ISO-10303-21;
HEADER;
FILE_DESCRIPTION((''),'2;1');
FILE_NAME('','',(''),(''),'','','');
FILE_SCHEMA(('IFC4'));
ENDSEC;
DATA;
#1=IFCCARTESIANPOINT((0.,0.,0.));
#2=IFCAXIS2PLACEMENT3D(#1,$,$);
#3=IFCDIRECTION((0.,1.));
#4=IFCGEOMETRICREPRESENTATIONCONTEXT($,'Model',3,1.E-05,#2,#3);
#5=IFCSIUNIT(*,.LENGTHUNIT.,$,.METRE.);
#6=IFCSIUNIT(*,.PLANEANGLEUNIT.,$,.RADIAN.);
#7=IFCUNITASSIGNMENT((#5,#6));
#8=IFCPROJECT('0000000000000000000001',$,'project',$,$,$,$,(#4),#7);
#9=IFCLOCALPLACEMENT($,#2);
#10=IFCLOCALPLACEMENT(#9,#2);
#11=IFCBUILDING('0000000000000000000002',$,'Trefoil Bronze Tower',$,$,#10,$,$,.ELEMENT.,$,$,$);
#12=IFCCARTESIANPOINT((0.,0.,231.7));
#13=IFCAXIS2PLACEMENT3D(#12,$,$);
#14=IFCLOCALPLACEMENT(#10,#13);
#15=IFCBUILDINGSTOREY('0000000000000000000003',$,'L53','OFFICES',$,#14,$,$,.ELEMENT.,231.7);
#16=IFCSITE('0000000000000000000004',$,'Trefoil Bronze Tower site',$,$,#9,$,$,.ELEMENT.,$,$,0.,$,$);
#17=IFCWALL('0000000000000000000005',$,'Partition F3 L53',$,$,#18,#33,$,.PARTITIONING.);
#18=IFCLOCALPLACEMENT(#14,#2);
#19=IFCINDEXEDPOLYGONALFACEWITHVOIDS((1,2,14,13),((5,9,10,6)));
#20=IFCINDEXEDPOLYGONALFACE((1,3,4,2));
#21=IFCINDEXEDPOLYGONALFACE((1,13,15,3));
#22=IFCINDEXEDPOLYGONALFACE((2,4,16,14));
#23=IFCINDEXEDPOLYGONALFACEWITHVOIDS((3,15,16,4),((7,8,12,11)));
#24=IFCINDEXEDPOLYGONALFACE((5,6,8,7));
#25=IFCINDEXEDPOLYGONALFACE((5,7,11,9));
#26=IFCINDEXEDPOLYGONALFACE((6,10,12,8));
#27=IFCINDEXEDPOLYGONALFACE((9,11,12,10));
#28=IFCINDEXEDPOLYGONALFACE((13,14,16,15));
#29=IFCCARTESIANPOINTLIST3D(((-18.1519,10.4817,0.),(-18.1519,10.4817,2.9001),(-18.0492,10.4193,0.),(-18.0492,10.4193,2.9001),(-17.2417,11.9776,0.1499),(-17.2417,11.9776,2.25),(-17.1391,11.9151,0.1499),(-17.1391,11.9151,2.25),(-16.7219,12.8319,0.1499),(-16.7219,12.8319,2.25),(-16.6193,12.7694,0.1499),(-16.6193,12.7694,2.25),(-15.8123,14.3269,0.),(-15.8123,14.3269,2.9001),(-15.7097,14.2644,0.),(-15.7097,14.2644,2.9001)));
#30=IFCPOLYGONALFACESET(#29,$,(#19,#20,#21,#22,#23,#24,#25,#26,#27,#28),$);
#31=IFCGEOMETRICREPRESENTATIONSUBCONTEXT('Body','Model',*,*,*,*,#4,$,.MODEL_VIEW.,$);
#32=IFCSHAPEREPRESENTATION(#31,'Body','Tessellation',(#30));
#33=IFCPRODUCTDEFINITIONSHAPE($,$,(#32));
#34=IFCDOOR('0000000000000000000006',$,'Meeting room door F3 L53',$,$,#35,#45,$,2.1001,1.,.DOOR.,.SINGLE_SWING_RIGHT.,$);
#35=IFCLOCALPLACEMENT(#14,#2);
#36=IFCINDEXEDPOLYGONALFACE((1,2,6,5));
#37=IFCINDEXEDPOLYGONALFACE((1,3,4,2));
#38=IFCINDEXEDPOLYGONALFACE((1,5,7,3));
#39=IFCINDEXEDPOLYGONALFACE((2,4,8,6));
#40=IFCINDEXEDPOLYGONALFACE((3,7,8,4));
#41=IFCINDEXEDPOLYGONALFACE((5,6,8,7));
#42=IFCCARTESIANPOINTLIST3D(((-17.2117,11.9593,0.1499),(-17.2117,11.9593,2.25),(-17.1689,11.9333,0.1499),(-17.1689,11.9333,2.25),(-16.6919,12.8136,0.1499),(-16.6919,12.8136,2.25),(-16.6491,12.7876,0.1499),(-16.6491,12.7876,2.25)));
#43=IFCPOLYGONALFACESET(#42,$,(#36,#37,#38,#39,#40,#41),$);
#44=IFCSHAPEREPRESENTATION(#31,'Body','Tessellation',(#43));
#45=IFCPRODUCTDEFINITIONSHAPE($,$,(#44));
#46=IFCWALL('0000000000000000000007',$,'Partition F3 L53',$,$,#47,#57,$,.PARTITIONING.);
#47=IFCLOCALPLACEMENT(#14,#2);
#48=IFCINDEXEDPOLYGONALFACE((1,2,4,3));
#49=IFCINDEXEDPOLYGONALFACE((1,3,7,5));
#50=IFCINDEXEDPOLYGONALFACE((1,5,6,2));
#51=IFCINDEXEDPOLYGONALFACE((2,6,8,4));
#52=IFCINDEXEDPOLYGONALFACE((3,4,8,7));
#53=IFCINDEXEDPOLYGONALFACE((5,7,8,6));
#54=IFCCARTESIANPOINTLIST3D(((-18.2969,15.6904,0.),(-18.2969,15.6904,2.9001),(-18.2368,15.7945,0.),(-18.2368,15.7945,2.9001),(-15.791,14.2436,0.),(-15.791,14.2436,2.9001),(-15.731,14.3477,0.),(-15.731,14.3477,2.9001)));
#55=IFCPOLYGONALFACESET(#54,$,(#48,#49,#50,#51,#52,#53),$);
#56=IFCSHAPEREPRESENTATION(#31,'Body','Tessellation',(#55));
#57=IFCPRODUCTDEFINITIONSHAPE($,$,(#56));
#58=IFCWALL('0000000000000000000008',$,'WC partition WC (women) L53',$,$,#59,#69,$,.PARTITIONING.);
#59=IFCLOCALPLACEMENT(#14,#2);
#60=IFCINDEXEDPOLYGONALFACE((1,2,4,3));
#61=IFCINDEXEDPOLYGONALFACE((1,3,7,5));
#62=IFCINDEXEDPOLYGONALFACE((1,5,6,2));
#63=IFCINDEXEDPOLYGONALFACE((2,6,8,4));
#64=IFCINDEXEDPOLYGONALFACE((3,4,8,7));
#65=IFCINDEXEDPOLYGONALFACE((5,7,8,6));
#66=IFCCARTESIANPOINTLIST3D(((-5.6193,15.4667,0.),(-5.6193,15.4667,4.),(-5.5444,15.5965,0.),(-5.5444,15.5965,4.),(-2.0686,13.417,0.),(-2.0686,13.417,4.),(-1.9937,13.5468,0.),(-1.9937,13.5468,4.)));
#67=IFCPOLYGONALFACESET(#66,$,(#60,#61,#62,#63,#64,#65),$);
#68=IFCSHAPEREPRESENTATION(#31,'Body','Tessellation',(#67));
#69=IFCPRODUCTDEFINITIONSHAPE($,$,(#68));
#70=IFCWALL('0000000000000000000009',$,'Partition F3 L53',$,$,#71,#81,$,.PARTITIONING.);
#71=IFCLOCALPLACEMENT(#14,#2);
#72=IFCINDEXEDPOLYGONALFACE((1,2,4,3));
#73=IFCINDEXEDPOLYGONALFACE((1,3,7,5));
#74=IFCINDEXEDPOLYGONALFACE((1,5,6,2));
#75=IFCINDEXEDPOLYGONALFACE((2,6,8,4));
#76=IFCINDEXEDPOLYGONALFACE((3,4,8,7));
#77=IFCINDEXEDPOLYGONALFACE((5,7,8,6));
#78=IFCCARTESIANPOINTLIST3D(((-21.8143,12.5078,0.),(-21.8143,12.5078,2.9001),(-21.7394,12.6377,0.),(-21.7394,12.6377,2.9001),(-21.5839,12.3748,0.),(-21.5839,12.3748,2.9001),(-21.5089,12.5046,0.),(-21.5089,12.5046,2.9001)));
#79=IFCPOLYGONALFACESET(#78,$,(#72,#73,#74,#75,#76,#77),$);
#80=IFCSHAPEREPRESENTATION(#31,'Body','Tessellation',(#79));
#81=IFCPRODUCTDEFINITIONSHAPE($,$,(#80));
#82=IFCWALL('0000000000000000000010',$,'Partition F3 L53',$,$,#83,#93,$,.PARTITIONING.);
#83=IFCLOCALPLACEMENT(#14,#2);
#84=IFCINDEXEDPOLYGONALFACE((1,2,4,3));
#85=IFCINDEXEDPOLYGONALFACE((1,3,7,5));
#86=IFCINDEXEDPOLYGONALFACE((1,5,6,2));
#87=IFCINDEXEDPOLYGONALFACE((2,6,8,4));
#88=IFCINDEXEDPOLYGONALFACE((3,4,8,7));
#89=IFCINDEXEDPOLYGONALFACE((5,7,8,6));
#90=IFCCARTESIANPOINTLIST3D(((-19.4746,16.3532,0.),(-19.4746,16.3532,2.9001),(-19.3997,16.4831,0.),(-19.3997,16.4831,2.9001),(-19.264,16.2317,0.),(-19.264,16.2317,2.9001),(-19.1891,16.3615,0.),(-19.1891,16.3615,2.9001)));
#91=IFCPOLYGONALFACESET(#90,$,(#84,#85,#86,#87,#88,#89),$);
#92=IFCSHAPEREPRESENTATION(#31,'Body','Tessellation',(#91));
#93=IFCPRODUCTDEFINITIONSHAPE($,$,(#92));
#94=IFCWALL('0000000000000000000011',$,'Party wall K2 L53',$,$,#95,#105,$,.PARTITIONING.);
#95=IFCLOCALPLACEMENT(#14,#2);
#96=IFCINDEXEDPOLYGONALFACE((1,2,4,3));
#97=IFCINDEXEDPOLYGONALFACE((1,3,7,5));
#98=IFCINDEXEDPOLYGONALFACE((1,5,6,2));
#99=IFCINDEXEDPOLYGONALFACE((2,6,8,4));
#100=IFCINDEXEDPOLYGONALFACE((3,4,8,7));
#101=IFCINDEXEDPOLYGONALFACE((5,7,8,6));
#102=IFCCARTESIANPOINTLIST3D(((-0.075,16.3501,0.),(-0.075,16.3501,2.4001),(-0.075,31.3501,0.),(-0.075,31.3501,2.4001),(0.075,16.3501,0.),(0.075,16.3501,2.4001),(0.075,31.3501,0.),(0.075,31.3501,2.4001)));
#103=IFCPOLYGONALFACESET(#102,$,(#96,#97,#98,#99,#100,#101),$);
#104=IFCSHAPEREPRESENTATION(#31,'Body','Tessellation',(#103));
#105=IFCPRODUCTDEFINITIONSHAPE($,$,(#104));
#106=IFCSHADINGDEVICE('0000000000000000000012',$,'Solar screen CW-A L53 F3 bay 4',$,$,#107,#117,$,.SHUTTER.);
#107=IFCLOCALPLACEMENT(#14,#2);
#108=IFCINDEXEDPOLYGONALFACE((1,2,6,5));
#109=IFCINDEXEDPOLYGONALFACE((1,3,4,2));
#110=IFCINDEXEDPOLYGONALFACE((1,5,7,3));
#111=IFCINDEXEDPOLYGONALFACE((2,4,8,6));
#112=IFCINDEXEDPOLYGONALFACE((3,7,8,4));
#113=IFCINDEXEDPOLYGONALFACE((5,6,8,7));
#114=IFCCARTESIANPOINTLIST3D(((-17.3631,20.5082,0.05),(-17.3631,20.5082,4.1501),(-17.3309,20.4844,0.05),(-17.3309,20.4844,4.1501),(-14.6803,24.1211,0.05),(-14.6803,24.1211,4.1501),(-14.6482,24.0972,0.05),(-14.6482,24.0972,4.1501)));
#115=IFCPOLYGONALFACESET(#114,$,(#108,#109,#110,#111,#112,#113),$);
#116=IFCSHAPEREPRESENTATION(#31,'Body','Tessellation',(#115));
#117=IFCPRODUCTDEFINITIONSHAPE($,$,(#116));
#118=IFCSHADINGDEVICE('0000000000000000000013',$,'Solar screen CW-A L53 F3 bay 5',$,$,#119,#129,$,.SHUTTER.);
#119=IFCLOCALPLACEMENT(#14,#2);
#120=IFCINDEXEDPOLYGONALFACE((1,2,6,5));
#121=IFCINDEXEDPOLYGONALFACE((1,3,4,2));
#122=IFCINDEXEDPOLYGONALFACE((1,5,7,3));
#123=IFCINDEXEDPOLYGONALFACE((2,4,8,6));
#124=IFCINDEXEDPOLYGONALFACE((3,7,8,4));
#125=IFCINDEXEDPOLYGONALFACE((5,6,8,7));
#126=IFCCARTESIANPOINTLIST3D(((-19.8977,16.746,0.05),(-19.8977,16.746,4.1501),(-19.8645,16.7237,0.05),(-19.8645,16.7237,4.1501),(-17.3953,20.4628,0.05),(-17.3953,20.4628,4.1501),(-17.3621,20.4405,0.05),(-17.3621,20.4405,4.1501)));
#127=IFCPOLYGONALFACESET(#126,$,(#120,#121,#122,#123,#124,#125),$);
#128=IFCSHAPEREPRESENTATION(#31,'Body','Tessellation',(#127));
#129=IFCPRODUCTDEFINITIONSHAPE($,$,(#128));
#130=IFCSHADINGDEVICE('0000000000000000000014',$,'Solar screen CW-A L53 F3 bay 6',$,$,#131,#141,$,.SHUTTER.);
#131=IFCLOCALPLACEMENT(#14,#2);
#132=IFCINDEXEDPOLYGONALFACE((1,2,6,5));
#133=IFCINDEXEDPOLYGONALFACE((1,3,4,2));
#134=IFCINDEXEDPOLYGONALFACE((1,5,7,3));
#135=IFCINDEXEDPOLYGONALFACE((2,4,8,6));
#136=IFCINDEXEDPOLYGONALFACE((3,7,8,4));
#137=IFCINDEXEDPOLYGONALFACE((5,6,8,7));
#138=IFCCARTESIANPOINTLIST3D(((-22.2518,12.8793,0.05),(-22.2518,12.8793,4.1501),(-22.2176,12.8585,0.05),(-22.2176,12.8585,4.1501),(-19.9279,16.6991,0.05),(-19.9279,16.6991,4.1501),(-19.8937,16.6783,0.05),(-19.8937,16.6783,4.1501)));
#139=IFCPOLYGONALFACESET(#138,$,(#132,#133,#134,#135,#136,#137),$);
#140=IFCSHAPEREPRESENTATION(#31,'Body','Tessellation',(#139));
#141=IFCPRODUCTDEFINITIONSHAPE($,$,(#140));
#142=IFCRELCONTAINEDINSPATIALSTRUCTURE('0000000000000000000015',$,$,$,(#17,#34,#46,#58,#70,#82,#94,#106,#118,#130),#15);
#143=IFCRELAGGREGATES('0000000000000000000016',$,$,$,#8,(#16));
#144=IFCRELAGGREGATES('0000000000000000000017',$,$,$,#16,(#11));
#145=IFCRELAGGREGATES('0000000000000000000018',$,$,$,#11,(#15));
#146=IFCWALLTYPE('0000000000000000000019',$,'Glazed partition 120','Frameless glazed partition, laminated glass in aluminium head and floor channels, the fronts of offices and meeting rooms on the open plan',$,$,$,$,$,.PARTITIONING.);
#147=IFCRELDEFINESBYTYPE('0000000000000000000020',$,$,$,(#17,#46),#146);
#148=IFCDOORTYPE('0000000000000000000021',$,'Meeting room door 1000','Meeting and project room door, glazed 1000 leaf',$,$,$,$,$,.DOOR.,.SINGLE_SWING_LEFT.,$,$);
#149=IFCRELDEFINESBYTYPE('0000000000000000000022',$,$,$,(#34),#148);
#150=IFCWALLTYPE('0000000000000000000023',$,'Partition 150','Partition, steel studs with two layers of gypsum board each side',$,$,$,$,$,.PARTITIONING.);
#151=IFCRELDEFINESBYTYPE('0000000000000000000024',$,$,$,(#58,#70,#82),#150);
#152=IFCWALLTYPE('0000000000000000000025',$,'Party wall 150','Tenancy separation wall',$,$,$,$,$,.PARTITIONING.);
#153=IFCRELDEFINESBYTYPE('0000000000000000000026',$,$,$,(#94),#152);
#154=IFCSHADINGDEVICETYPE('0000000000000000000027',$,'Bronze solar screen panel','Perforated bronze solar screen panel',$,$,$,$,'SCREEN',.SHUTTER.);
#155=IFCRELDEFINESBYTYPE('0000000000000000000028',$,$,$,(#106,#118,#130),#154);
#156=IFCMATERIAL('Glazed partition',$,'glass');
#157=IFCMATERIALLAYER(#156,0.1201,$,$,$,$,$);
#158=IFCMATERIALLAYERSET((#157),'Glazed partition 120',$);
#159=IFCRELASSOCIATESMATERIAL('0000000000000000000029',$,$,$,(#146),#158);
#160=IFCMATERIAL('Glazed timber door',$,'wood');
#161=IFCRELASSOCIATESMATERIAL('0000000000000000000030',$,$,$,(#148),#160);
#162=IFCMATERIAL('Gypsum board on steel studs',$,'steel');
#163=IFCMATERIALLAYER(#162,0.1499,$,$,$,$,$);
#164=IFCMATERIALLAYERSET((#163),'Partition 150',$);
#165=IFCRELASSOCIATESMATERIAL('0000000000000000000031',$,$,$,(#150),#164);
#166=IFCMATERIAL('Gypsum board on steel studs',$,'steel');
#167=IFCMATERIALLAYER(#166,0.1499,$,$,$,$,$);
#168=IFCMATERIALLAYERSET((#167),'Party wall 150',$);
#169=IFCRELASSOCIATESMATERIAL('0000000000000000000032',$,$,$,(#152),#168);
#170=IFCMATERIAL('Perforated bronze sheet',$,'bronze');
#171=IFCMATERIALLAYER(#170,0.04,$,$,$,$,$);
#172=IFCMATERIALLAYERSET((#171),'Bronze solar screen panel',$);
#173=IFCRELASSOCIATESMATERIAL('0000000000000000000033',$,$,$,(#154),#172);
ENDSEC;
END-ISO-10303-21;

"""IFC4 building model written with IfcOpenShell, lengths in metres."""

from ifc_helpers import new_model, si_unit, direction, frame, frame_2d, origin, origin_2d, place, context, subcontext, project, spatial, rectangle, extrude, material, layer, layer_set, type_object, element, fill, save


model = new_model("IFC4")

# Units and contexts
model_context = context("Model", 3, precision=1e-05, world=origin(), true_north=direction((0.0, 1.0)))
body_context = subcontext(model_context, "Body", "Model", "MODEL_VIEW")
ifc_project = project(units=[si_unit("LENGTHUNIT", "METRE"), si_unit("PLANEANGLEUNIT", "RADIAN")], contexts=[model_context])

# Site, building, storey
site_placement = place(None, origin())
site = spatial("IfcSite", under=ifc_project, at=site_placement, Name="Trefoil Bronze Tower site", CompositionType="ELEMENT", RefElevation=0.0)
building_placement = place(site_placement, origin())
building = spatial("IfcBuilding", under=site, at=building_placement, Name="Trefoil Bronze Tower", CompositionType="ELEMENT")
storey_placement = place(building_placement, frame((0.0, 0.0, 231.7)))
storey = spatial("IfcBuildingStorey", under=building, at=storey_placement, Name="L53", Description="OFFICES", CompositionType="ELEMENT", Elevation=231.7)

# Wall, opening, door
ifc_material_1 = material(Name="Glazed partition", Category="glass")
ifc_layer_1 = layer(ifc_material_1, 0.1201)
ifc_layer_set_1 = layer_set([ifc_layer_1], Name="Glazed partition 120")
wall_type_1 = type_object("IfcWallType", Name="Glazed partition 120", Description="Frameless glazed partition, laminated glass in aluminium head and floor channels, the fronts of offices and meeting rooms on the open plan", PredefinedType="PARTITIONING", material=ifc_layer_set_1)
wall_1_placement = place(storey_placement, frame((-15.761, 14.2957, 0.0), z_axis=(0.0, 0.0, 1.0), x_axis=(-0.51979, -0.854294, 0.0)))
wall_1 = element("IfcWall", 1, at=wall_1_placement, inside=storey, type_object=wall_type_1, Name="Partition F3 L53", PredefinedType="PARTITIONING", context=body_context, shape_type="SweptSolid", body=[
    extrude(rectangle(XDim=4.501, YDim=0.1201, at=frame_2d((2.2505, 0.0))), origin(), (0.0, 0.0, 1.0), 2.9001),
])
opening_1_placement = place(wall_1_placement, frame((1.75, 0.0, 0.1499)))
opening_1 = element("IfcOpeningElement", 2, at=opening_1_placement, cuts=wall_1, PredefinedType="OPENING", context=body_context, shape_type="SweptSolid", body=[
    extrude(rectangle(XDim=1.0, YDim=2.1001, at=frame_2d((0.5, 1.05))), frame((0.0, 0.0701, 0.0), z_axis=(0.0, -1.0, 0.0), x_axis=(1.0, 0.0, 0.0)), (0.0, 0.0, 1.0), 0.1401),
])
ifc_material_2 = material(Name="Glazed timber door", Category="wood")
door_type_1 = type_object("IfcDoorType", Name="Meeting room door 1000", Description="Meeting and project room door, glazed 1000 leaf", OperationType="SINGLE_SWING_LEFT", PredefinedType="DOOR", material=ifc_material_2)
door_1_placement = place(opening_1_placement, frame((1.0, 0.0, 0.0), z_axis=(0.0, 0.0, 1.0), x_axis=(-1.0, 0.0, 0.0)))
door_1 = element("IfcDoor", 3, at=door_1_placement, inside=storey, type_object=door_type_1, Name="Meeting room door F3 L53", OperationType="SINGLE_SWING_RIGHT", OverallHeight=2.1001, OverallWidth=1.0, PredefinedType="DOOR", context=body_context, shape_type="SweptSolid", body=[
    extrude(rectangle(XDim=1.0, YDim=2.1001, at=frame_2d((0.5, 1.05))), frame((0.0, 0.0249, 0.0), z_axis=(0.0, -1.0, 0.0), x_axis=(1.0, 0.0, 0.0)), (0.0, 0.0, 1.0), 0.05),
])
fill(opening_1, door_1)

# Walls
wall_2_placement = place(storey_placement, frame((-15.761, 14.2957, 0.0), z_axis=(0.0, 0.0, 1.0), x_axis=(-0.866023, 0.500005, 0.0)))
element("IfcWall", 4, at=wall_2_placement, inside=storey, type_object=wall_type_1, Name="Partition F3 L53", PredefinedType="PARTITIONING", context=body_context, shape_type="SweptSolid", body=[
    extrude(rectangle(XDim=2.8936, YDim=0.1201, at=frame_2d((1.4468, 0.0))), origin(), (0.0, 0.0, 1.0), 2.9001),
])
ifc_material_3 = material(Name="Gypsum board on steel studs", Category="steel")
ifc_layer_2 = layer(ifc_material_3, 0.1499)
ifc_layer_set_2 = layer_set([ifc_layer_2], Name="Partition 150")
wall_type_2 = type_object("IfcWallType", Name="Partition 150", Description="Partition, steel studs with two layers of gypsum board each side", PredefinedType="PARTITIONING", material=ifc_layer_set_2)
wall_3_placement = place(storey_placement, frame((-2.0312, 13.4819, 0.0), z_axis=(0.0, 0.0, 1.0), x_axis=(-0.866051, 0.499956, 0.0)))
element("IfcWall", 5, at=wall_3_placement, inside=storey, type_object=wall_type_2, Name="WC partition WC (women) L53", PredefinedType="PARTITIONING", context=body_context, shape_type="SweptSolid", body=[
    extrude(rectangle(XDim=4.0999, YDim=0.1499, at=frame_2d((2.0498, 0.0))), origin(), (0.0, 0.0, 1.0), 4.0),
])
wall_4_placement = place(storey_placement, frame((-21.5464, 12.4397, 0.0), z_axis=(0.0, 0.0, 1.0), x_axis=(-0.866033, 0.499987, 0.0)))
element("IfcWall", 6, at=wall_4_placement, inside=storey, type_object=wall_type_2, Name="Partition F3 L53", PredefinedType="PARTITIONING", context=body_context, shape_type="SweptSolid", body=[
    extrude(rectangle(XDim=0.2661, YDim=0.1499, at=frame_2d((0.1331, 0.0))), origin(), (0.0, 0.0, 1.0), 2.9001),
])
wall_5_placement = place(storey_placement, frame((-19.2266, 16.2966, 0.0), z_axis=(0.0, 0.0, 1.0), x_axis=(-0.866135, 0.499809, 0.0)))
element("IfcWall", 7, at=wall_5_placement, inside=storey, type_object=wall_type_2, Name="Partition F3 L53", PredefinedType="PARTITIONING", context=body_context, shape_type="SweptSolid", body=[
    extrude(rectangle(XDim=0.2432, YDim=0.1499, at=frame_2d((0.1216, 0.0))), origin(), (0.0, 0.0, 1.0), 2.9001),
])
ifc_material_4 = material(Name="Gypsum board on steel studs", Category="steel")
ifc_layer_3 = layer(ifc_material_4, 0.1499)
ifc_layer_set_3 = layer_set([ifc_layer_3], Name="Party wall 150")
wall_type_3 = type_object("IfcWallType", Name="Party wall 150", Description="Tenancy separation wall", PredefinedType="PARTITIONING", material=ifc_layer_set_3)
wall_6_placement = place(storey_placement, frame((0.0, 16.3501, 0.0), z_axis=(0.0, 0.0, 1.0), x_axis=(0.0, 1.0, 0.0)))
element("IfcWall", 8, at=wall_6_placement, inside=storey, type_object=wall_type_3, Name="Party wall K2 L53", PredefinedType="PARTITIONING", context=body_context, shape_type="SweptSolid", body=[
    extrude(rectangle(XDim=15.0, YDim=0.1499, at=frame_2d((7.5, 0.0))), origin(), (0.0, 0.0, 1.0), 2.4001),
])

# Shading devices
ifc_material_5 = material(Name="Perforated bronze sheet", Category="bronze")
ifc_layer_4 = layer(ifc_material_5, 0.04)
ifc_layer_set_4 = layer_set([ifc_layer_4], Name="Bronze solar screen panel")
shading_device_type = type_object("IfcShadingDeviceType", Name="Bronze solar screen panel", Description="Perforated bronze solar screen panel", ElementType="SCREEN", PredefinedType="SHUTTER", material=ifc_layer_set_4)
shading_device_1_placement = place(storey_placement, frame((-16.0056, 22.3027, 0.05), z_axis=(0.0, 0.0, 1.0), x_axis=(-0.596162, -0.802865, 0.0)))
element("IfcShadingDevice", 9, at=shading_device_1_placement, inside=storey, type_object=shading_device_type, Name="Solar screen CW-A L53 F3 bay 4", PredefinedType="SHUTTER", context=body_context, shape_type="SweptSolid", body=[
    extrude(rectangle(XDim=4.5, YDim=0.04, at=origin_2d()), origin(), (0.0, 0.0, 1.0), 4.1001),
])
shading_device_2_placement = place(storey_placement, frame((-18.6299, 18.5933, 0.05), z_axis=(0.0, 0.0, 1.0), x_axis=(-0.558493, -0.829509, 0.0)))
element("IfcShadingDevice", 10, at=shading_device_2_placement, inside=storey, type_object=shading_device_type, Name="Solar screen CW-A L53 F3 bay 5", PredefinedType="SHUTTER", context=body_context, shape_type="SweptSolid", body=[
    extrude(rectangle(XDim=4.4807, YDim=0.04, at=origin_2d()), origin(), (0.0, 0.0, 1.0), 4.1001),
])
shading_device_3_placement = place(storey_placement, frame((-21.0728, 14.7788, 0.05), z_axis=(0.0, 0.0, 1.0), x_axis=(-0.519762, -0.854311, 0.0)))
element("IfcShadingDevice", 11, at=shading_device_3_placement, inside=storey, type_object=shading_device_type, Name="Solar screen CW-A L53 F3 bay 6", PredefinedType="SHUTTER", context=body_context, shape_type="SweptSolid", body=[
    extrude(rectangle(XDim=4.4712, YDim=0.04, at=origin_2d()), origin(), (0.0, 0.0, 1.0), 4.1001),
])

save(model, "model.ifc")
